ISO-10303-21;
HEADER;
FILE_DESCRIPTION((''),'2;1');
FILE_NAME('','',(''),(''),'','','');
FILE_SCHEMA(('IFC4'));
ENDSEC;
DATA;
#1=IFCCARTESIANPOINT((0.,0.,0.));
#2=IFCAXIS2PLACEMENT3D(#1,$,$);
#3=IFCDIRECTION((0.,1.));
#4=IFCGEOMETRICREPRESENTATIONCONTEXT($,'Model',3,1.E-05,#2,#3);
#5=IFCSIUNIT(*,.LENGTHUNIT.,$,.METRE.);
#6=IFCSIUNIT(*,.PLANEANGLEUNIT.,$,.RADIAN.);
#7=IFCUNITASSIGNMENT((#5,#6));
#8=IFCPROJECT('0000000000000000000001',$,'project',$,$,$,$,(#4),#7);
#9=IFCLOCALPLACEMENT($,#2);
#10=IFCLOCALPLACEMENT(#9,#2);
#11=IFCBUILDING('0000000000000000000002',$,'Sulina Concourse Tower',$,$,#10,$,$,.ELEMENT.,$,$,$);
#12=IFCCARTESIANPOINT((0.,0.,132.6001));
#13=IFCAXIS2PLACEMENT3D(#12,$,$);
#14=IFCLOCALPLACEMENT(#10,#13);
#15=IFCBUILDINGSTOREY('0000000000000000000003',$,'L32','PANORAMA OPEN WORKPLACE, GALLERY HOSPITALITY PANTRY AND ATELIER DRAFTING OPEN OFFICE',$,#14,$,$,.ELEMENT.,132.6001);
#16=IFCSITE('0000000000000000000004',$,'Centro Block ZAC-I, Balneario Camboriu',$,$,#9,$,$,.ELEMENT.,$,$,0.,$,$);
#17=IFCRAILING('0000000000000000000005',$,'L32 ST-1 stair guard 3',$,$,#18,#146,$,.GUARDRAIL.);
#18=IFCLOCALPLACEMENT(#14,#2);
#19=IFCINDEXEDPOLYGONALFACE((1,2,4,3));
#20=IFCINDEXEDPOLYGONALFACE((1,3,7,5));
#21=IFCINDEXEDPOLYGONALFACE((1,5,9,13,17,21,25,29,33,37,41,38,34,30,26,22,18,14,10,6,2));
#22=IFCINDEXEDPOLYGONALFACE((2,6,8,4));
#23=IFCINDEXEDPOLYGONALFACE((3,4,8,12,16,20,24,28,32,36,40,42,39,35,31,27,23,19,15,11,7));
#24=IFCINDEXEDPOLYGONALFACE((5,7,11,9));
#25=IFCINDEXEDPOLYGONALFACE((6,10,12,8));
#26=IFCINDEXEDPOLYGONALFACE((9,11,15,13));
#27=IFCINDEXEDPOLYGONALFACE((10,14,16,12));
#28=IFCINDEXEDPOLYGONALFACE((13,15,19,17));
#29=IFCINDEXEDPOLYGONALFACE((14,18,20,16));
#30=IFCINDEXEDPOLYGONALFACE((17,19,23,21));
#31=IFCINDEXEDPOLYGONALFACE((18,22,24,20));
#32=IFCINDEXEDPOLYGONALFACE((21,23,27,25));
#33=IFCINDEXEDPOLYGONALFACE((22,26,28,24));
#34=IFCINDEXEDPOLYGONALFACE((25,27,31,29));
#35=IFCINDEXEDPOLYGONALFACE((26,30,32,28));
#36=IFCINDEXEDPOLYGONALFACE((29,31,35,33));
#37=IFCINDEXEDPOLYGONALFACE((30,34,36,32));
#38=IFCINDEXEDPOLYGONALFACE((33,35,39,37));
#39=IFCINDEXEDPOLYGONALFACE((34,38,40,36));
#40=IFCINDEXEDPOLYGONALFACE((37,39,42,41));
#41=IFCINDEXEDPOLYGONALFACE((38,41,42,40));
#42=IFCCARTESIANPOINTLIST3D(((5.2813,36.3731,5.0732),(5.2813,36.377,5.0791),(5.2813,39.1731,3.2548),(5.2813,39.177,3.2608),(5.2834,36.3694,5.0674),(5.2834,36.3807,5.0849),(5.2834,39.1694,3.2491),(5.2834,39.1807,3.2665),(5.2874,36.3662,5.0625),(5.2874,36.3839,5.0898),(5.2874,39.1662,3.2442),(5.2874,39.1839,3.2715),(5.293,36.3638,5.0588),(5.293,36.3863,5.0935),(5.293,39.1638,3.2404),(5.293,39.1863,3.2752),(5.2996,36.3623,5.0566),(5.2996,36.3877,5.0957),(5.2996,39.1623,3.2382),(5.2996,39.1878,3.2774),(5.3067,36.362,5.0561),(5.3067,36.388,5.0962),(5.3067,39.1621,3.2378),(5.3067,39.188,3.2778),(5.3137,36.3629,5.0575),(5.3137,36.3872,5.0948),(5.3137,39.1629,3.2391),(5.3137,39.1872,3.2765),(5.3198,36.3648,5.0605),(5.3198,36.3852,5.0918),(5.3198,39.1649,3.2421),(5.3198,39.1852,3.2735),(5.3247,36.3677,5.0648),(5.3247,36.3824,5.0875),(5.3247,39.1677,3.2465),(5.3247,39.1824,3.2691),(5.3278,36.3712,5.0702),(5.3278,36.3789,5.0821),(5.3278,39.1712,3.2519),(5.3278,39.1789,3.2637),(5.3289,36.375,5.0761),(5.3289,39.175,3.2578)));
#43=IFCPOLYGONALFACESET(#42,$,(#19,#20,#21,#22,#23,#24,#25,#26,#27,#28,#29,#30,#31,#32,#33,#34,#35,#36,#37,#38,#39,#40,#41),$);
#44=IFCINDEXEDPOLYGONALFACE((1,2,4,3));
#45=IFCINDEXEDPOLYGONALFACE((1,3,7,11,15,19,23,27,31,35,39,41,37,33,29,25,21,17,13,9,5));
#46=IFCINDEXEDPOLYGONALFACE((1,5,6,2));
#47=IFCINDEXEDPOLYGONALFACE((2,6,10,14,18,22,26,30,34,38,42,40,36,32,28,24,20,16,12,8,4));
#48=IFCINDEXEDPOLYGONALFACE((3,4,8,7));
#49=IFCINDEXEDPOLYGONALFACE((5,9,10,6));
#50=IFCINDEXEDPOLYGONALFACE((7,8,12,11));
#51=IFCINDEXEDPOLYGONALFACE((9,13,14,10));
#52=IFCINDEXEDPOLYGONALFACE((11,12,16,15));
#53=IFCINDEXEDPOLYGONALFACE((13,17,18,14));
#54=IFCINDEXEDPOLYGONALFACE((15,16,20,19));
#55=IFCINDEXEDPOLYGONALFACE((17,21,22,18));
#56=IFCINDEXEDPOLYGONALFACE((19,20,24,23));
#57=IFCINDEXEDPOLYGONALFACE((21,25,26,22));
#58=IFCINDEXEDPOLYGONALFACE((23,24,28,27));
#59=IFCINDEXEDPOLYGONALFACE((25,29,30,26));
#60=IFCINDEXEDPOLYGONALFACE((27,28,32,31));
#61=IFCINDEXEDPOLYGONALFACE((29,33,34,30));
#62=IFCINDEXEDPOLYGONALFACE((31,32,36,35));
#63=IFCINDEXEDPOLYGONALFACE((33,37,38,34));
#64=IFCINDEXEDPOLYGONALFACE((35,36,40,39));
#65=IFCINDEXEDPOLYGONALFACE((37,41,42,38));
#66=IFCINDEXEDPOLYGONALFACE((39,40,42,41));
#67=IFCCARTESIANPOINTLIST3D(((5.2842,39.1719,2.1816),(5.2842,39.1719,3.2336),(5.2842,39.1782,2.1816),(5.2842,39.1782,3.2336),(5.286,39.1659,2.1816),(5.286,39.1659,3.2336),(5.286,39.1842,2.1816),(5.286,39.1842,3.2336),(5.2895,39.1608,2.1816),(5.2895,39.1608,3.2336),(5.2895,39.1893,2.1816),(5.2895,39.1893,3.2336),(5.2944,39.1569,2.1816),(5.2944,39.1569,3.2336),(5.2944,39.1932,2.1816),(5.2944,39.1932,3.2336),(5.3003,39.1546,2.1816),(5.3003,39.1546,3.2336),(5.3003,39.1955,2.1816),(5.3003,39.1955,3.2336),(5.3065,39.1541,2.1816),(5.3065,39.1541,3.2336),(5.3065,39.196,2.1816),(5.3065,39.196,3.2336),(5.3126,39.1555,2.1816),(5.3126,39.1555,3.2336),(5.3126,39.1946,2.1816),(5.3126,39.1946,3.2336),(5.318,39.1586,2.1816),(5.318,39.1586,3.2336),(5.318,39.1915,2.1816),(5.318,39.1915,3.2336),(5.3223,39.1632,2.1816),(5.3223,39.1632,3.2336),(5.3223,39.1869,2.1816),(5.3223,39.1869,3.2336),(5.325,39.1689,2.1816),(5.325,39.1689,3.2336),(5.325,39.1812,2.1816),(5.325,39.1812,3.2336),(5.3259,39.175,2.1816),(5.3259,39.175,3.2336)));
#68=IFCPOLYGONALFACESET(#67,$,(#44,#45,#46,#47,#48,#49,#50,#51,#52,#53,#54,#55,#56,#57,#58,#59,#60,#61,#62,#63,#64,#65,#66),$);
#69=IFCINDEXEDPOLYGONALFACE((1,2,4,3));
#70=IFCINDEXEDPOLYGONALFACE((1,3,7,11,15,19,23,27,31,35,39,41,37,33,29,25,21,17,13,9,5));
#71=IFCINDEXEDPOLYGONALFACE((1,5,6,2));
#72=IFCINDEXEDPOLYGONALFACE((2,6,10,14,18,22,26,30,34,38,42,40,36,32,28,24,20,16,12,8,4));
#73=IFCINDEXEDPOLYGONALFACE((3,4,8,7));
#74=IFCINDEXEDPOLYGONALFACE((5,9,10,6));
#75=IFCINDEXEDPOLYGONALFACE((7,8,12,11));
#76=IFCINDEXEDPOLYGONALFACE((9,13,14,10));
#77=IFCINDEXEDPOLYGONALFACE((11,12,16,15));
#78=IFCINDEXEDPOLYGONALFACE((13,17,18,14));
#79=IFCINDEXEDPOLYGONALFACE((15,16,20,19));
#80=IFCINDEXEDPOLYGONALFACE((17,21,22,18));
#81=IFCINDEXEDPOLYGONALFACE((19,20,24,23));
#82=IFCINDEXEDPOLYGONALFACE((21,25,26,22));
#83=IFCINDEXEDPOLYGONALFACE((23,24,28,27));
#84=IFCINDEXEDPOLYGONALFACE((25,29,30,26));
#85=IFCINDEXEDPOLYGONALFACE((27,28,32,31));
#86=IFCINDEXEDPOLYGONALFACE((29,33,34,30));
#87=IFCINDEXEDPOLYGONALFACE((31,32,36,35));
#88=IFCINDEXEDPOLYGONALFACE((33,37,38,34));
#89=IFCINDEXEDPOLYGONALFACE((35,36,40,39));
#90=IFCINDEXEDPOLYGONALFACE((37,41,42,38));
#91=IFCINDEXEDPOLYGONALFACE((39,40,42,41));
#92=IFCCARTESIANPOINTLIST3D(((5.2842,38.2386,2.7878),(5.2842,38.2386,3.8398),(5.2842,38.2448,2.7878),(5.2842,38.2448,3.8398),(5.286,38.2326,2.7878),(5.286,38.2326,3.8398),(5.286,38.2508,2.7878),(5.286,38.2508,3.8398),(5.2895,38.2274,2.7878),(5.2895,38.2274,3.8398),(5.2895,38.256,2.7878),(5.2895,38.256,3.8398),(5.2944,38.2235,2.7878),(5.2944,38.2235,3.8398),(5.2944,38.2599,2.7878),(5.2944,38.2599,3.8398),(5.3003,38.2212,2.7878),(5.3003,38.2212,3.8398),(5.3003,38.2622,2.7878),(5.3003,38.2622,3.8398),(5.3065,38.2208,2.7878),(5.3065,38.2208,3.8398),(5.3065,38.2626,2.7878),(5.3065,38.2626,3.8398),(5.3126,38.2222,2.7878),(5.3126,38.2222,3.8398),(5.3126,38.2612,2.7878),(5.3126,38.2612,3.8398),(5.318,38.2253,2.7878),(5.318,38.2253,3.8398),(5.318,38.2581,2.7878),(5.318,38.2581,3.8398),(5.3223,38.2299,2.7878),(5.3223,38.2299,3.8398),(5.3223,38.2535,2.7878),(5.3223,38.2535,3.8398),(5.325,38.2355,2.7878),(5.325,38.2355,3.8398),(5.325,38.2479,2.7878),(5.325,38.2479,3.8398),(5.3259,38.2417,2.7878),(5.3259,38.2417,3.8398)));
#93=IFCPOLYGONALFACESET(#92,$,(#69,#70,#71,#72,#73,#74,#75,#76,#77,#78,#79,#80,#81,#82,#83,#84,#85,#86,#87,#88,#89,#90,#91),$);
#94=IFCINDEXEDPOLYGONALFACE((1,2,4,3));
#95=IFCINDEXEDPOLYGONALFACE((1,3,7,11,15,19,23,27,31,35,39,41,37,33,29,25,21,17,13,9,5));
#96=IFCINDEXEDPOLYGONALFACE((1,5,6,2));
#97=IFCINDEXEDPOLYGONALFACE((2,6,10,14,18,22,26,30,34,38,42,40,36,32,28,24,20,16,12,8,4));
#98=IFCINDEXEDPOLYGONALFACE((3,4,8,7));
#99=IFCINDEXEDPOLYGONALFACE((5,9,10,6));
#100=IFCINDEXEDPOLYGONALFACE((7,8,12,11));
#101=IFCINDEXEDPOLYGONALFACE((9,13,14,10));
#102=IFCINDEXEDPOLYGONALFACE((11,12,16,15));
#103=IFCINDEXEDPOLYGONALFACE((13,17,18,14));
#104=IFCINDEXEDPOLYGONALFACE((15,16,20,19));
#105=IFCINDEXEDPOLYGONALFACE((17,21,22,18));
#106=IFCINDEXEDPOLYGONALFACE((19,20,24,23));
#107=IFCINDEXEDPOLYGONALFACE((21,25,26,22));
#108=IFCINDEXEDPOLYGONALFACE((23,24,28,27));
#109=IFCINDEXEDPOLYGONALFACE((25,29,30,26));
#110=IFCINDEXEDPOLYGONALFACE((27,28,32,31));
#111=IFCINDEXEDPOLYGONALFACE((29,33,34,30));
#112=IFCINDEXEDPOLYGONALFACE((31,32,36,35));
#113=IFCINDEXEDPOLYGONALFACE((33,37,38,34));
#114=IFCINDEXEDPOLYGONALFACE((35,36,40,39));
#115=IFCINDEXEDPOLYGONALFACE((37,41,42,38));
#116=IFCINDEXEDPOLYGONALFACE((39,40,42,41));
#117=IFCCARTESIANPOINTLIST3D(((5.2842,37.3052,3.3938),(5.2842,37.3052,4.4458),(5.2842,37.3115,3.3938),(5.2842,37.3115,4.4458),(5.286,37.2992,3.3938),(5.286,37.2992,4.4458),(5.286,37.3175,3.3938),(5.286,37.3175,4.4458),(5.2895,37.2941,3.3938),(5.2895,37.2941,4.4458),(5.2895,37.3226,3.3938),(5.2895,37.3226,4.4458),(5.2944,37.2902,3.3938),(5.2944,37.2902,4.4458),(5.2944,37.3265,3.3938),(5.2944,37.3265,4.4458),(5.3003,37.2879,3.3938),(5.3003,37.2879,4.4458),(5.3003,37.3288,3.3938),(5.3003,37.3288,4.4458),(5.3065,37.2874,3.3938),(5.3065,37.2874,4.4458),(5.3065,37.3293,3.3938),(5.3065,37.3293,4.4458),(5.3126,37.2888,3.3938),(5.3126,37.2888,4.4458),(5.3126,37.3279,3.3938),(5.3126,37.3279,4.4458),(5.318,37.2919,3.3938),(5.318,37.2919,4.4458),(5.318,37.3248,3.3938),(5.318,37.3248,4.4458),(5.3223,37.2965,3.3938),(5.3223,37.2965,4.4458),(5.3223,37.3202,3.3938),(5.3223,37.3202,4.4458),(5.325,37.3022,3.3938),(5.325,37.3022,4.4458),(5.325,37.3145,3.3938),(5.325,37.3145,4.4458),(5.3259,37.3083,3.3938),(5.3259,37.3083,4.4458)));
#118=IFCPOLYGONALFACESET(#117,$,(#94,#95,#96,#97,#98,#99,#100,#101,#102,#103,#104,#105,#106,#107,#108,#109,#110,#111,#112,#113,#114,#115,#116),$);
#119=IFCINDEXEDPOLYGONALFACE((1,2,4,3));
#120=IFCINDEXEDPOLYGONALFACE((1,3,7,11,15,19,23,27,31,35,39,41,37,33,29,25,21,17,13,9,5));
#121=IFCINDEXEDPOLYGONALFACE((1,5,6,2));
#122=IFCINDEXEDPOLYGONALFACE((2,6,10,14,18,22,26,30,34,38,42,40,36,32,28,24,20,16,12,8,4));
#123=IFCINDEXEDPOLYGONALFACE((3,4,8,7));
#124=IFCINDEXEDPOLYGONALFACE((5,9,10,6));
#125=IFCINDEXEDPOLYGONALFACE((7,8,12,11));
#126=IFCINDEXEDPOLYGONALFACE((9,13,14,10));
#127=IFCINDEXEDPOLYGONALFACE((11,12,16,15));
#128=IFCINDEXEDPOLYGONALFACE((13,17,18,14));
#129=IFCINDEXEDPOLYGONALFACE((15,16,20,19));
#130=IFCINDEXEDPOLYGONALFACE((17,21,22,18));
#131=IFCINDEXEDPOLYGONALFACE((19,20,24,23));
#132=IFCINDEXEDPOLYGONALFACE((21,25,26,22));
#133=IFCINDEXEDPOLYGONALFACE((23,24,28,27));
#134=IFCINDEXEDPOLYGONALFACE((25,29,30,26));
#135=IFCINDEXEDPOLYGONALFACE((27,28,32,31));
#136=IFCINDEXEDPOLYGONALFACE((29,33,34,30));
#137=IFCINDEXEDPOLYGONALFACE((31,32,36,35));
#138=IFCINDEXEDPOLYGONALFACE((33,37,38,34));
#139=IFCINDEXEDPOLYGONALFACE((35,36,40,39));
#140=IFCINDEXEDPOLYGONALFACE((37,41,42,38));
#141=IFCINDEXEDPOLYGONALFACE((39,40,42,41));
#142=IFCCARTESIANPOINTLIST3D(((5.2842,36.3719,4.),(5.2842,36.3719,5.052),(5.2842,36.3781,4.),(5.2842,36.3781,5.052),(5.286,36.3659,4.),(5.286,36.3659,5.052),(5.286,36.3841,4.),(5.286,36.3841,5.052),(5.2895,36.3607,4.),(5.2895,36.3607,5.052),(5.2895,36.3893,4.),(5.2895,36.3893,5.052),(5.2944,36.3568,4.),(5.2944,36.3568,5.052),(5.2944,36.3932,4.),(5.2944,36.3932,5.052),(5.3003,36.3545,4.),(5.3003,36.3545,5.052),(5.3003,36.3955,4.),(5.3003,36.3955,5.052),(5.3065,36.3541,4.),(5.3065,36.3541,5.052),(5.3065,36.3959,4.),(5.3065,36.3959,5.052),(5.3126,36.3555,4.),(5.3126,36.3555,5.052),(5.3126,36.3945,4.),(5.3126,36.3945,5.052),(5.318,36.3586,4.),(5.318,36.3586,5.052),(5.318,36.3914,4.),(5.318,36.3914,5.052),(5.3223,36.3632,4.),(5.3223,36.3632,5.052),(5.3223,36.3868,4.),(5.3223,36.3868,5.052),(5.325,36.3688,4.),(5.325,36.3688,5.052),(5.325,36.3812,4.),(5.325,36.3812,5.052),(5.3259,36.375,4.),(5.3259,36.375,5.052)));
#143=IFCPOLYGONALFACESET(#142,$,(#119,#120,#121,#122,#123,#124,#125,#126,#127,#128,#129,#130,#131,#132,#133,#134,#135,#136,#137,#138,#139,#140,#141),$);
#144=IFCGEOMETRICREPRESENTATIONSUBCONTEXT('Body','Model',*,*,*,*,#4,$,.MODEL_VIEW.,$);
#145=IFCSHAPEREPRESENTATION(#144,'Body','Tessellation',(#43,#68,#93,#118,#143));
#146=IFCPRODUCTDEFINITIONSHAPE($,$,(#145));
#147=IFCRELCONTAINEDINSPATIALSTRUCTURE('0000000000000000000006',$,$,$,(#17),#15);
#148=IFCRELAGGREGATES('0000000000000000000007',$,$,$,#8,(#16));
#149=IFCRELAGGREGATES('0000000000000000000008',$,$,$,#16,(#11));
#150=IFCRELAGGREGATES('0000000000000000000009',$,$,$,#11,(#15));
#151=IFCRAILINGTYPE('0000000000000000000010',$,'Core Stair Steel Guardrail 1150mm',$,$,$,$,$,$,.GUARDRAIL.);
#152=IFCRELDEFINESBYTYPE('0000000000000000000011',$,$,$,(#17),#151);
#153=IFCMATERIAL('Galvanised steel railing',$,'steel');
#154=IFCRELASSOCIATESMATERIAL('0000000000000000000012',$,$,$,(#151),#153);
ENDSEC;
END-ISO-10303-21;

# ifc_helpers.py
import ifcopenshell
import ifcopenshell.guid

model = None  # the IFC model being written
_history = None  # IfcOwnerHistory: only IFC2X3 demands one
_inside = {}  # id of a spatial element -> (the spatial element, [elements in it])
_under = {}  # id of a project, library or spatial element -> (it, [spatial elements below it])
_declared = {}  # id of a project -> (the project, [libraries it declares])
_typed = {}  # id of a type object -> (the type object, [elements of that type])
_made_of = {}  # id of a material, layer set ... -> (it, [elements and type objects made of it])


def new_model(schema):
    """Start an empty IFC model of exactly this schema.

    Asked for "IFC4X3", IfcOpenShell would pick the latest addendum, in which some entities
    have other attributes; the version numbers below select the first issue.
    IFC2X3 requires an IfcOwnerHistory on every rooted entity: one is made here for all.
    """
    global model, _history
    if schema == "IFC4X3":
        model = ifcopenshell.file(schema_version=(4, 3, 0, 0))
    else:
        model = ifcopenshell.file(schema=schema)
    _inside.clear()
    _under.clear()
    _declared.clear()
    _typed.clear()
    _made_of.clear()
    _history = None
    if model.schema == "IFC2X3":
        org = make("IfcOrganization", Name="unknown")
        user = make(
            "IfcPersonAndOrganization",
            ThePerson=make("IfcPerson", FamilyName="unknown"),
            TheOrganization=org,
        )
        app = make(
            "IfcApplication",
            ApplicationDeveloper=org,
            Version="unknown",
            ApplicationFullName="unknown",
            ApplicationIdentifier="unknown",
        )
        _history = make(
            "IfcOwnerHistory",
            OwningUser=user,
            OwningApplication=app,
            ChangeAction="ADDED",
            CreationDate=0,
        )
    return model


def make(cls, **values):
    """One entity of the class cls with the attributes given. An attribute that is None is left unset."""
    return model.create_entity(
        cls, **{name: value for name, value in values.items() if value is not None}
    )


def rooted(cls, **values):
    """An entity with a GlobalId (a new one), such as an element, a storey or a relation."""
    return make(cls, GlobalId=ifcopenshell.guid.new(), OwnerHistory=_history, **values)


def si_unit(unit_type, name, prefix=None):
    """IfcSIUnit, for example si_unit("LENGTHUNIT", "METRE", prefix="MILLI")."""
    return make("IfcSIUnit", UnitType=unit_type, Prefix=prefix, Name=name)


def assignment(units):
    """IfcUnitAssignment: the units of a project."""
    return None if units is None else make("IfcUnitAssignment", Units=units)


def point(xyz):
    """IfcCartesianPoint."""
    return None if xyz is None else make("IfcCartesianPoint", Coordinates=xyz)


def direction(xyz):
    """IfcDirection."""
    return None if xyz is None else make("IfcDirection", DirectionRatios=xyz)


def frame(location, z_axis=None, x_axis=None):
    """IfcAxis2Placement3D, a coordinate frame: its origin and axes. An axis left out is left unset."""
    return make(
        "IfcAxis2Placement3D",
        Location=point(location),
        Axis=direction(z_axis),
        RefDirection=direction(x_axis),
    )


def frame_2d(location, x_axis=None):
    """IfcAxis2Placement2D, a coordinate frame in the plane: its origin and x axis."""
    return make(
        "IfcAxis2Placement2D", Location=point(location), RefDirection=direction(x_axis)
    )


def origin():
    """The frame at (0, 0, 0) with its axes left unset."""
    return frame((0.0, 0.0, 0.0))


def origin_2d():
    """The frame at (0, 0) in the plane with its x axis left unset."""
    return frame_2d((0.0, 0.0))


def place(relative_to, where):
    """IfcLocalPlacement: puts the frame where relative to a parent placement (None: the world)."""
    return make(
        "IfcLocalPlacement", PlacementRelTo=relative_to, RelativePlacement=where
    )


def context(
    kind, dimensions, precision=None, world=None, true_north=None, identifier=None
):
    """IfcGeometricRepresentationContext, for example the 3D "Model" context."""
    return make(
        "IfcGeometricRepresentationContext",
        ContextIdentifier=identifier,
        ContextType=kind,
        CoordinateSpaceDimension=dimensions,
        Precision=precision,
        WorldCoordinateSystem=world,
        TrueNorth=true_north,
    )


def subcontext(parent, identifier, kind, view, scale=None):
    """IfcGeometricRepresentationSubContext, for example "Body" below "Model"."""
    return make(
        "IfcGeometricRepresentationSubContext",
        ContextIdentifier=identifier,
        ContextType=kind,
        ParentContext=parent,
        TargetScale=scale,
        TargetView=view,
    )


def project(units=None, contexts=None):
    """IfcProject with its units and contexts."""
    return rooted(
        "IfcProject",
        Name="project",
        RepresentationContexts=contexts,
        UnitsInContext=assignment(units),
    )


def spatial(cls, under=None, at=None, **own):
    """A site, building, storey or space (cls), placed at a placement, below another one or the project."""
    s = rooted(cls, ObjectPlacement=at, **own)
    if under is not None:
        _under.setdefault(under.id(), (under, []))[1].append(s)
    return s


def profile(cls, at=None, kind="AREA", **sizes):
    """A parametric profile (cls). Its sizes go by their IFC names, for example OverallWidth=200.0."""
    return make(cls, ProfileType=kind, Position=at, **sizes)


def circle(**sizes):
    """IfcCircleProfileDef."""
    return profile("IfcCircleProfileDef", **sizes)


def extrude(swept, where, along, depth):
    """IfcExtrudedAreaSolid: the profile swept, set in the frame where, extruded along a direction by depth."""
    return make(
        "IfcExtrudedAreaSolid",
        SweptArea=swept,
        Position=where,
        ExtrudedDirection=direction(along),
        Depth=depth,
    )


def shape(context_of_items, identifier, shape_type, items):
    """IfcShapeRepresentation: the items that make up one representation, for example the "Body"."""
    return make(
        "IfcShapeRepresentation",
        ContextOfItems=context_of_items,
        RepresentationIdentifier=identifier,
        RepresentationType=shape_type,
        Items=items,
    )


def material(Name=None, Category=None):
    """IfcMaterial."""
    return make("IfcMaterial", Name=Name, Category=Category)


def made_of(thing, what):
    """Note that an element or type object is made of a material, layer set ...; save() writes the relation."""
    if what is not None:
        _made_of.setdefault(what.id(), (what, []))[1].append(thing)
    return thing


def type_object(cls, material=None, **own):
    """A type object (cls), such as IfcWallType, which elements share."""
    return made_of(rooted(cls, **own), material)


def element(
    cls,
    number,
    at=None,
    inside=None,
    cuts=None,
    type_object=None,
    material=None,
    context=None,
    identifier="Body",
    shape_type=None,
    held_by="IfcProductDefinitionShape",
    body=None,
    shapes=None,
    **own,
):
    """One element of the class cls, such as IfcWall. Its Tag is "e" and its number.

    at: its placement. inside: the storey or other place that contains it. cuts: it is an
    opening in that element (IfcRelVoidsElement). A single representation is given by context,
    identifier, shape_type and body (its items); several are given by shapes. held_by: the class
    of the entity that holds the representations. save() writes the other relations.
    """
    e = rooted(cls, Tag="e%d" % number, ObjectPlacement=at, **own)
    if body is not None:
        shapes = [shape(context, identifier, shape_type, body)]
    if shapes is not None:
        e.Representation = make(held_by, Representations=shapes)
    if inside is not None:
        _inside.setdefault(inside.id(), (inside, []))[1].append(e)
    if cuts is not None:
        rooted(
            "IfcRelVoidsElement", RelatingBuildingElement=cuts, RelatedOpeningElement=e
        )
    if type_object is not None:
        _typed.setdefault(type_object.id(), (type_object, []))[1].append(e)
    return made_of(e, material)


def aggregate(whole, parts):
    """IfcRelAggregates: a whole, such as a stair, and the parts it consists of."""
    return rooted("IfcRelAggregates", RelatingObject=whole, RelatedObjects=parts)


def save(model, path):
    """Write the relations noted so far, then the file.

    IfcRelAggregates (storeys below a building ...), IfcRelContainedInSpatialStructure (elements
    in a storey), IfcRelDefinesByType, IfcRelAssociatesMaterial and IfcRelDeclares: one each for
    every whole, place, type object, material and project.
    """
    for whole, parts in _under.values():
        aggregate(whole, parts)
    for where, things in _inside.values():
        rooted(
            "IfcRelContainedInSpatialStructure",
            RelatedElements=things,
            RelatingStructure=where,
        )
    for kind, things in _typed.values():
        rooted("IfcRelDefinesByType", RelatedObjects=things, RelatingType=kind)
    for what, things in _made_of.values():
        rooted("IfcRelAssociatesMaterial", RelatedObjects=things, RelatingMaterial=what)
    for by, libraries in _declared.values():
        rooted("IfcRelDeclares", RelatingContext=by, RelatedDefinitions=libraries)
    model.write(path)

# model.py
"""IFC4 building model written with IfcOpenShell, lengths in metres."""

from ifc_helpers import new_model, si_unit, direction, frame, origin, origin_2d, place, context, subcontext, project, spatial, circle, extrude, material, type_object, element, save


model = new_model("IFC4")

# Units and contexts
model_context = context("Model", 3, precision=1e-05, world=origin(), true_north=direction((0.0, 1.0)))
body_context = subcontext(model_context, "Body", "Model", "MODEL_VIEW")
ifc_project = project(units=[si_unit("LENGTHUNIT", "METRE"), si_unit("PLANEANGLEUNIT", "RADIAN")], contexts=[model_context])

# Site, building, storey
site_placement = place(None, origin())
site = spatial("IfcSite", under=ifc_project, at=site_placement, Name="Centro Block ZAC-I, Balneario Camboriu", CompositionType="ELEMENT", RefElevation=0.0)
building_placement = place(site_placement, origin())
building = spatial("IfcBuilding", under=site, at=building_placement, Name="Sulina Concourse Tower", CompositionType="ELEMENT")
storey_placement = place(building_placement, frame((0.0, 0.0, 132.6001)))
storey = spatial("IfcBuildingStorey", under=building, at=storey_placement, Name="L32", Description="PANORAMA OPEN WORKPLACE, GALLERY HOSPITALITY PANTRY AND ATELIER DRAFTING OPEN OFFICE", CompositionType="ELEMENT", Elevation=132.6001)

# Railing
ifc_material_1 = material(Name="Galvanised steel railing", Category="steel")
railing_type_1 = type_object("IfcRailingType", Name="Core Stair Steel Guardrail 1150mm", PredefinedType="GUARDRAIL", material=ifc_material_1)
railing_1_placement = place(storey_placement, frame((5.3049, 39.175, 2.1816)))
element("IfcRailing", 1, at=railing_1_placement, inside=storey, type_object=railing_type_1, Name="L32 ST-1 stair guard 3", PredefinedType="GUARDRAIL", context=body_context, shape_type="SweptSolid", body=[
    extrude(circle(Radius=0.0239, at=origin_2d()), frame((0.0, 0.0, 1.0762), z_axis=(0.0, -0.838672, 0.544636), x_axis=(1.0, 0.0, 0.0)), (0.0, 0.0, 1.0), 3.3386),
    extrude(circle(Radius=0.021, at=origin_2d()), origin(), (0.0, 0.0, 1.0), 1.052),
    extrude(circle(Radius=0.021, at=origin_2d()), frame((0.0, -0.9333, 0.6062)), (0.0, 0.0, 1.0), 1.052),
    extrude(circle(Radius=0.021, at=origin_2d()), frame((0.0, -1.8667, 1.2122)), (0.0, 0.0, 1.0), 1.052),
    extrude(circle(Radius=0.021, at=origin_2d()), frame((0.0, -2.8, 1.8184)), (0.0, 0.0, 1.0), 1.052),
])

save(model, "model.ifc")
